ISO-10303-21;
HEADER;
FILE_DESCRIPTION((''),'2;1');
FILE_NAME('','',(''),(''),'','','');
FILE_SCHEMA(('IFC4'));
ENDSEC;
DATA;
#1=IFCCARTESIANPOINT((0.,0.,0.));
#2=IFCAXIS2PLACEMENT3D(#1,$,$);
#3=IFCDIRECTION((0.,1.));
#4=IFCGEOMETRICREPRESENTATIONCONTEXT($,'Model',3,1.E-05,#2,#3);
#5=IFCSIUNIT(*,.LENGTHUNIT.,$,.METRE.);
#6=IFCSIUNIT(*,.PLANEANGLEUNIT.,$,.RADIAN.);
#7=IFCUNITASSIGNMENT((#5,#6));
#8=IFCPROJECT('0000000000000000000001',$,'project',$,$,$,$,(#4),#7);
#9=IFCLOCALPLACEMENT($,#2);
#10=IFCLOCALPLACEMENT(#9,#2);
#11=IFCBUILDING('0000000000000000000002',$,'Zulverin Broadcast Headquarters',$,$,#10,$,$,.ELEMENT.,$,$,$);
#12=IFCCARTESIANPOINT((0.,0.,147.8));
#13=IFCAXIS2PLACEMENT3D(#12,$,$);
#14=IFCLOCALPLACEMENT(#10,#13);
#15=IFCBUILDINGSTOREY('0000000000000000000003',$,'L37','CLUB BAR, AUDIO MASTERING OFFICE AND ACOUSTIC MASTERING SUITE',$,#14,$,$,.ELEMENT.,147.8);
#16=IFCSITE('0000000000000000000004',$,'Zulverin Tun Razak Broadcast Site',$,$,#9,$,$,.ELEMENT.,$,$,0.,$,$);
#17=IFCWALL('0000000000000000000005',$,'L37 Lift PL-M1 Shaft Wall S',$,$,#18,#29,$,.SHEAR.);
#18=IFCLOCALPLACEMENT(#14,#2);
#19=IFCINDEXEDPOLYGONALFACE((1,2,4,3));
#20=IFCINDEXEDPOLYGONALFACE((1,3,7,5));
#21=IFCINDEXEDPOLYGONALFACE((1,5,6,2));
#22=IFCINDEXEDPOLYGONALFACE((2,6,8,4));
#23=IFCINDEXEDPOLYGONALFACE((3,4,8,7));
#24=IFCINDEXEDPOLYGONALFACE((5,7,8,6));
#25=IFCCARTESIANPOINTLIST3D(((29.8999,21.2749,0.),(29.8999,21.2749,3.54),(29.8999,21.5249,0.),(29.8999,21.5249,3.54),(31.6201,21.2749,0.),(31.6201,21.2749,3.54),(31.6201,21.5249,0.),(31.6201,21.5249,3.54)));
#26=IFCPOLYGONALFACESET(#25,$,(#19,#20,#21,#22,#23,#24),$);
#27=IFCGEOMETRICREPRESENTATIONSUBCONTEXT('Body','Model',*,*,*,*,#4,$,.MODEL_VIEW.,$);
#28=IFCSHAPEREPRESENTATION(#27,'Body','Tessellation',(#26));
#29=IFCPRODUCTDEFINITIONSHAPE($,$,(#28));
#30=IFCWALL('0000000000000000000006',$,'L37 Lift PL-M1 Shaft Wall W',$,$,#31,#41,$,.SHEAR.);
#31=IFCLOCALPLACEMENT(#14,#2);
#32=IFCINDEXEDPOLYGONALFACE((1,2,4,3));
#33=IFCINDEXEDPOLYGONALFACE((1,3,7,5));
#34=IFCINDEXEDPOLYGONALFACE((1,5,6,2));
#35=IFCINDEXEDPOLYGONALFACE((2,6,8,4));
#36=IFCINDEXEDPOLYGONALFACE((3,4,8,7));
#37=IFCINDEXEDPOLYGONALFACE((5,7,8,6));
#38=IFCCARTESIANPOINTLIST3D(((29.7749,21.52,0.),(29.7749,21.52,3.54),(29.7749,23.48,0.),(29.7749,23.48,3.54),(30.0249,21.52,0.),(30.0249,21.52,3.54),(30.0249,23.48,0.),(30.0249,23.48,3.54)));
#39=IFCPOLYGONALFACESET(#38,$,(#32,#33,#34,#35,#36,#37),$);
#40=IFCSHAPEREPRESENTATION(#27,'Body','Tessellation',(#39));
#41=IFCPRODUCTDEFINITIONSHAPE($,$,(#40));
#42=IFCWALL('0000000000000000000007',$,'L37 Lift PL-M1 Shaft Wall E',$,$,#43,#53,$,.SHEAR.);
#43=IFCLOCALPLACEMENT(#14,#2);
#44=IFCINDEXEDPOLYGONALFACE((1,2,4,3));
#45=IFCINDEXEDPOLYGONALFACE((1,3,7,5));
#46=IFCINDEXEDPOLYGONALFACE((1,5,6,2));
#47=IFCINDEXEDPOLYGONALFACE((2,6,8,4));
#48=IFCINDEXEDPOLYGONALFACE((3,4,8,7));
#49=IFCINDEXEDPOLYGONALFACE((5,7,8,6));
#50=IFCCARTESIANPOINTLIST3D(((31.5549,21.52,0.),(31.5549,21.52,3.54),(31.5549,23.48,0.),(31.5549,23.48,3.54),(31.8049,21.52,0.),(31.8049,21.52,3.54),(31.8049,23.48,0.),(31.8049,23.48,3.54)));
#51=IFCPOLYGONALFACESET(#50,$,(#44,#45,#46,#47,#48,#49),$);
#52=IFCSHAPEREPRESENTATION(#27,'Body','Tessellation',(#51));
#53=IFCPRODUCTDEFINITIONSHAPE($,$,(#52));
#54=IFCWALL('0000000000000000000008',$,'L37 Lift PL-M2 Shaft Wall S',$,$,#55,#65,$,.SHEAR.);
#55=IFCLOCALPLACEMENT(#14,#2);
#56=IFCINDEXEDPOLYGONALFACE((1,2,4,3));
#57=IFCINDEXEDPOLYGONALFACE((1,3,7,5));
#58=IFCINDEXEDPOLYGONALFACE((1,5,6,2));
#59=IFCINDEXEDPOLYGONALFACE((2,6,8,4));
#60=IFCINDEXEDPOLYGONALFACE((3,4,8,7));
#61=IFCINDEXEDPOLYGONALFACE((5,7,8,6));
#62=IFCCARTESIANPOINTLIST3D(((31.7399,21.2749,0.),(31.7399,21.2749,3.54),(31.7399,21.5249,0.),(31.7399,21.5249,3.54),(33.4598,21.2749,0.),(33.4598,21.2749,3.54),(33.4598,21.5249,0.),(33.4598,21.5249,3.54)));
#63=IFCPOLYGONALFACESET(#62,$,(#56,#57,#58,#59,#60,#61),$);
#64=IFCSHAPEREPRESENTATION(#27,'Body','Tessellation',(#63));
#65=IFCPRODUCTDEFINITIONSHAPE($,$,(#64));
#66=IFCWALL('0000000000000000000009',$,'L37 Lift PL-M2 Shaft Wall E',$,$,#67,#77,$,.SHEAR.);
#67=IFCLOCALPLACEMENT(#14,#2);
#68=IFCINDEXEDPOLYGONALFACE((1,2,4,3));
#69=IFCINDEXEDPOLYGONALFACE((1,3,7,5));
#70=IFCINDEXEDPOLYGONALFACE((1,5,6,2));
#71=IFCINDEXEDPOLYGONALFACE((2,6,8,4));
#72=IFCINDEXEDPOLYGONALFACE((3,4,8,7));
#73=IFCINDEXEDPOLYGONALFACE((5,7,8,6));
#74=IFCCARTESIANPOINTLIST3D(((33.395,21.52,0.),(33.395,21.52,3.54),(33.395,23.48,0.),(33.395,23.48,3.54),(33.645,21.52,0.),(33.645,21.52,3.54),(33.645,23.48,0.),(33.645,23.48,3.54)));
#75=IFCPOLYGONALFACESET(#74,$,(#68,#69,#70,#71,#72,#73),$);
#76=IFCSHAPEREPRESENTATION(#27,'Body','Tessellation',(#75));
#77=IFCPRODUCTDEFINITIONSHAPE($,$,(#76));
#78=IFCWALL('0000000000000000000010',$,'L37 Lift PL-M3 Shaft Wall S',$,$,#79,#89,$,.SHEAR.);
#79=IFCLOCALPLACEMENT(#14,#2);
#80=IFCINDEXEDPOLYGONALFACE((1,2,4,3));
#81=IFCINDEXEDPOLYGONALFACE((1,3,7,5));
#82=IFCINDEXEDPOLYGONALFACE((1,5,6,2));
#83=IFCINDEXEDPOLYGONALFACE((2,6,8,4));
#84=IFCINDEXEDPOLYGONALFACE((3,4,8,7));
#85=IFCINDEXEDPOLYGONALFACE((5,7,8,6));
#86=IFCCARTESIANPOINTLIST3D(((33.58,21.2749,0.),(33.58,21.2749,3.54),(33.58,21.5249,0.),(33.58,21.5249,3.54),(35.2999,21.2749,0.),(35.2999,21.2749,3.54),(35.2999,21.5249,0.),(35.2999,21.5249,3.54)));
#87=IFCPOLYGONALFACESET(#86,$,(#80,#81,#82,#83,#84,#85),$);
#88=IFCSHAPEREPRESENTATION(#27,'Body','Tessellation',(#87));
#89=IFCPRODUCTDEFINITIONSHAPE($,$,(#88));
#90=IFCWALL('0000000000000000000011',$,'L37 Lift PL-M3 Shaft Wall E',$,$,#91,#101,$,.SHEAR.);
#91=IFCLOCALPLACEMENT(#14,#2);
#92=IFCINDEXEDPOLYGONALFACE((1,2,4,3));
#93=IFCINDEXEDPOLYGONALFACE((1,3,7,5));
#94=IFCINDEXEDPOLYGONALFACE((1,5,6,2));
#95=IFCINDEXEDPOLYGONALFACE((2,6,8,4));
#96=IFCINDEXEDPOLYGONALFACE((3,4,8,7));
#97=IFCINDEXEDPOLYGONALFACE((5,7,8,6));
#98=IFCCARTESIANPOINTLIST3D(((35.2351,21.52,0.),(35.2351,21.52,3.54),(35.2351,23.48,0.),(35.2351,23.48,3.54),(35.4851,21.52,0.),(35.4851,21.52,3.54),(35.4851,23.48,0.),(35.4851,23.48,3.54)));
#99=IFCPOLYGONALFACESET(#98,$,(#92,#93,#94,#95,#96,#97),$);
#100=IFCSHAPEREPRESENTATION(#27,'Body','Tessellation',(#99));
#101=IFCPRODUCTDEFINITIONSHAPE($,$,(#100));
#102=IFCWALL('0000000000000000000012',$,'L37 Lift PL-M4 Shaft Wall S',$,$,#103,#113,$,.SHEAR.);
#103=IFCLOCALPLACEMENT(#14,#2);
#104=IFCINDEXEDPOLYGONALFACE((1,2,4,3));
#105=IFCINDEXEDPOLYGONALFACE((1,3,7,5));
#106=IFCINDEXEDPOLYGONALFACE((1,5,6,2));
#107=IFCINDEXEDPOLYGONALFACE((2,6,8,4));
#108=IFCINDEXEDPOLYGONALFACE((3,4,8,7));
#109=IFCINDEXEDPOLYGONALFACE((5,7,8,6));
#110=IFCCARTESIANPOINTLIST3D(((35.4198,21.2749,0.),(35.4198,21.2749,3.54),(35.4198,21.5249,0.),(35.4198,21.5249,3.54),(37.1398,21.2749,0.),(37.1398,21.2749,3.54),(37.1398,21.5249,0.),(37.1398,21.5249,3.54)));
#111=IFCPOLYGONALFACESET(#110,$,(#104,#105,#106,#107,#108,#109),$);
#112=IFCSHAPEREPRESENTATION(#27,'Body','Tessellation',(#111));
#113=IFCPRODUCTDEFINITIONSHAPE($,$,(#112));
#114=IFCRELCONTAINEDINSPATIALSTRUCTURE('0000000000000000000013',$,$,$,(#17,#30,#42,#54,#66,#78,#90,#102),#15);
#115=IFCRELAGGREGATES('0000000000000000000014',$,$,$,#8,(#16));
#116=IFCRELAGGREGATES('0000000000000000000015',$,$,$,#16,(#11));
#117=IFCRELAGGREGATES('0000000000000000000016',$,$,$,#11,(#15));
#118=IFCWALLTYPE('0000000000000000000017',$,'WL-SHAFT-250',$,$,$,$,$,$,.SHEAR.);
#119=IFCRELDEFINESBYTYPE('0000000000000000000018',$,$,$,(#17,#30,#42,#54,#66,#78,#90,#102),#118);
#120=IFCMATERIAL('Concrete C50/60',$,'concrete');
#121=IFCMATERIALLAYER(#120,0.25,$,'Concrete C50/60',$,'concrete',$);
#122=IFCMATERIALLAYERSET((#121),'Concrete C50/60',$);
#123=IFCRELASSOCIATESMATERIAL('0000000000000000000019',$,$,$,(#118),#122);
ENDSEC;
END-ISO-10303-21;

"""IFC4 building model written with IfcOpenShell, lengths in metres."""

from ifc_helpers import new_model, si_unit, direction, frame, frame_2d, origin, place, context, subcontext, project, spatial, rectangle, extrude, material, layer, layer_set, type_object, element, save


model = new_model("IFC4")

# Units and contexts
model_context = context("Model", 3, precision=1e-05, world=origin(), true_north=direction((0.0, 1.0)))
body_context = subcontext(model_context, "Body", "Model", "MODEL_VIEW")
ifc_project = project(units=[si_unit("LENGTHUNIT", "METRE"), si_unit("PLANEANGLEUNIT", "RADIAN")], contexts=[model_context])

# Site, building, storey
site_placement = place(None, origin())
site = spatial("IfcSite", under=ifc_project, at=site_placement, Name="Zulverin Tun Razak Broadcast Site", CompositionType="ELEMENT", RefElevation=0.0)
building_placement = place(site_placement, origin())
building = spatial("IfcBuilding", under=site, at=building_placement, Name="Zulverin Broadcast Headquarters", CompositionType="ELEMENT")
storey_placement = place(building_placement, frame((0.0, 0.0, 147.8)))
storey = spatial("IfcBuildingStorey", under=building, at=storey_placement, Name="L37", Description="CLUB BAR, AUDIO MASTERING OFFICE AND ACOUSTIC MASTERING SUITE", CompositionType="ELEMENT", Elevation=147.8)

# Wall
ifc_material_1 = material(Name="Concrete C50/60", Category="concrete")
ifc_layer_1 = layer(ifc_material_1, 0.25, Name="Concrete C50/60", Category="concrete")
ifc_layer_set_1 = layer_set([ifc_layer_1], Name="Concrete C50/60")
wall_type_1 = type_object("IfcWallType", Name="WL-SHAFT-250", PredefinedType="SHEAR", material=ifc_layer_set_1)
wall_1_placement = place(storey_placement, frame((29.8999, 21.3999, 0.0), z_axis=(0.0, 0.0, 1.0), x_axis=(1.0, 0.0, 0.0)))
element("IfcWall", 1, at=wall_1_placement, inside=storey, type_object=wall_type_1, Name="L37 Lift PL-M1 Shaft Wall S", PredefinedType="SHEAR", context=body_context, shape_type="SweptSolid", body=[
    extrude(rectangle(XDim=1.7202, YDim=0.25, at=frame_2d((0.8601, 0.0))), origin(), (0.0, 0.0, 1.0), 3.54),
])

# Walls
for number, where, z_axis, x_axis, name in (
    (2, (29.8999, 21.52, 0.0), (0.0, 0.0, 1.0), (0.0, 1.0, 0.0), "L37 Lift PL-M1 Shaft Wall W"),
    (3, (31.6799, 21.52, 0.0), (0.0, 0.0, 1.0), (0.0, 1.0, 0.0), "L37 Lift PL-M1 Shaft Wall E"),
):
    element("IfcWall", number, at=place(storey_placement, frame(where, z_axis=z_axis, x_axis=x_axis)), inside=storey, type_object=wall_type_1, Name=name, PredefinedType="SHEAR", context=body_context, shape_type="SweptSolid", body=[
        extrude(rectangle(XDim=1.96, YDim=0.25, at=frame_2d((0.98, 0.0))), origin(), (0.0, 0.0, 1.0), 3.54),
    ])
wall_2_placement = place(storey_placement, frame((31.74, 21.3999, 0.0), z_axis=(0.0, 0.0, 1.0), x_axis=(1.0, 0.0, 0.0)))
element("IfcWall", 4, at=wall_2_placement, inside=storey, type_object=wall_type_1, Name="L37 Lift PL-M2 Shaft Wall S", PredefinedType="SHEAR", context=body_context, shape_type="SweptSolid", body=[
    extrude(rectangle(XDim=1.72, YDim=0.25, at=frame_2d((0.8599, 0.0))), origin(), (0.0, 0.0, 1.0), 3.54),
])

# Walls
wall_3_placement = place(storey_placement, frame((33.52, 21.52, 0.0), z_axis=(0.0, 0.0, 1.0), x_axis=(0.0, 1.0, 0.0)))
element("IfcWall", 5, at=wall_3_placement, inside=storey, type_object=wall_type_1, Name="L37 Lift PL-M2 Shaft Wall E", PredefinedType="SHEAR", context=body_context, shape_type="SweptSolid", body=[
    extrude(rectangle(XDim=1.96, YDim=0.25, at=frame_2d((0.98, 0.0))), origin(), (0.0, 0.0, 1.0), 3.54),
])
wall_4_placement = place(storey_placement, frame((33.5801, 21.3999, 0.0), z_axis=(0.0, 0.0, 1.0), x_axis=(1.0, 0.0, 0.0)))
element("IfcWall", 6, at=wall_4_placement, inside=storey, type_object=wall_type_1, Name="L37 Lift PL-M3 Shaft Wall S", PredefinedType="SHEAR", context=body_context, shape_type="SweptSolid", body=[
    extrude(rectangle(XDim=1.72, YDim=0.25, at=frame_2d((0.8599, 0.0))), origin(), (0.0, 0.0, 1.0), 3.54),
])
wall_5_placement = place(storey_placement, frame((35.3601, 21.52, 0.0), z_axis=(0.0, 0.0, 1.0), x_axis=(0.0, 1.0, 0.0)))
element("IfcWall", 7, at=wall_5_placement, inside=storey, type_object=wall_type_1, Name="L37 Lift PL-M3 Shaft Wall E", PredefinedType="SHEAR", context=body_context, shape_type="SweptSolid", body=[
    extrude(rectangle(XDim=1.96, YDim=0.25, at=frame_2d((0.98, 0.0))), origin(), (0.0, 0.0, 1.0), 3.54),
])
wall_6_placement = place(storey_placement, frame((35.4199, 21.3999, 0.0), z_axis=(0.0, 0.0, 1.0), x_axis=(1.0, 0.0, 0.0)))
element("IfcWall", 8, at=wall_6_placement, inside=storey, type_object=wall_type_1, Name="L37 Lift PL-M4 Shaft Wall S", PredefinedType="SHEAR", context=body_context, shape_type="SweptSolid", body=[
    extrude(rectangle(XDim=1.72, YDim=0.25, at=frame_2d((0.8599, 0.0))), origin(), (0.0, 0.0, 1.0), 3.54),
])

save(model, "model.ifc")
